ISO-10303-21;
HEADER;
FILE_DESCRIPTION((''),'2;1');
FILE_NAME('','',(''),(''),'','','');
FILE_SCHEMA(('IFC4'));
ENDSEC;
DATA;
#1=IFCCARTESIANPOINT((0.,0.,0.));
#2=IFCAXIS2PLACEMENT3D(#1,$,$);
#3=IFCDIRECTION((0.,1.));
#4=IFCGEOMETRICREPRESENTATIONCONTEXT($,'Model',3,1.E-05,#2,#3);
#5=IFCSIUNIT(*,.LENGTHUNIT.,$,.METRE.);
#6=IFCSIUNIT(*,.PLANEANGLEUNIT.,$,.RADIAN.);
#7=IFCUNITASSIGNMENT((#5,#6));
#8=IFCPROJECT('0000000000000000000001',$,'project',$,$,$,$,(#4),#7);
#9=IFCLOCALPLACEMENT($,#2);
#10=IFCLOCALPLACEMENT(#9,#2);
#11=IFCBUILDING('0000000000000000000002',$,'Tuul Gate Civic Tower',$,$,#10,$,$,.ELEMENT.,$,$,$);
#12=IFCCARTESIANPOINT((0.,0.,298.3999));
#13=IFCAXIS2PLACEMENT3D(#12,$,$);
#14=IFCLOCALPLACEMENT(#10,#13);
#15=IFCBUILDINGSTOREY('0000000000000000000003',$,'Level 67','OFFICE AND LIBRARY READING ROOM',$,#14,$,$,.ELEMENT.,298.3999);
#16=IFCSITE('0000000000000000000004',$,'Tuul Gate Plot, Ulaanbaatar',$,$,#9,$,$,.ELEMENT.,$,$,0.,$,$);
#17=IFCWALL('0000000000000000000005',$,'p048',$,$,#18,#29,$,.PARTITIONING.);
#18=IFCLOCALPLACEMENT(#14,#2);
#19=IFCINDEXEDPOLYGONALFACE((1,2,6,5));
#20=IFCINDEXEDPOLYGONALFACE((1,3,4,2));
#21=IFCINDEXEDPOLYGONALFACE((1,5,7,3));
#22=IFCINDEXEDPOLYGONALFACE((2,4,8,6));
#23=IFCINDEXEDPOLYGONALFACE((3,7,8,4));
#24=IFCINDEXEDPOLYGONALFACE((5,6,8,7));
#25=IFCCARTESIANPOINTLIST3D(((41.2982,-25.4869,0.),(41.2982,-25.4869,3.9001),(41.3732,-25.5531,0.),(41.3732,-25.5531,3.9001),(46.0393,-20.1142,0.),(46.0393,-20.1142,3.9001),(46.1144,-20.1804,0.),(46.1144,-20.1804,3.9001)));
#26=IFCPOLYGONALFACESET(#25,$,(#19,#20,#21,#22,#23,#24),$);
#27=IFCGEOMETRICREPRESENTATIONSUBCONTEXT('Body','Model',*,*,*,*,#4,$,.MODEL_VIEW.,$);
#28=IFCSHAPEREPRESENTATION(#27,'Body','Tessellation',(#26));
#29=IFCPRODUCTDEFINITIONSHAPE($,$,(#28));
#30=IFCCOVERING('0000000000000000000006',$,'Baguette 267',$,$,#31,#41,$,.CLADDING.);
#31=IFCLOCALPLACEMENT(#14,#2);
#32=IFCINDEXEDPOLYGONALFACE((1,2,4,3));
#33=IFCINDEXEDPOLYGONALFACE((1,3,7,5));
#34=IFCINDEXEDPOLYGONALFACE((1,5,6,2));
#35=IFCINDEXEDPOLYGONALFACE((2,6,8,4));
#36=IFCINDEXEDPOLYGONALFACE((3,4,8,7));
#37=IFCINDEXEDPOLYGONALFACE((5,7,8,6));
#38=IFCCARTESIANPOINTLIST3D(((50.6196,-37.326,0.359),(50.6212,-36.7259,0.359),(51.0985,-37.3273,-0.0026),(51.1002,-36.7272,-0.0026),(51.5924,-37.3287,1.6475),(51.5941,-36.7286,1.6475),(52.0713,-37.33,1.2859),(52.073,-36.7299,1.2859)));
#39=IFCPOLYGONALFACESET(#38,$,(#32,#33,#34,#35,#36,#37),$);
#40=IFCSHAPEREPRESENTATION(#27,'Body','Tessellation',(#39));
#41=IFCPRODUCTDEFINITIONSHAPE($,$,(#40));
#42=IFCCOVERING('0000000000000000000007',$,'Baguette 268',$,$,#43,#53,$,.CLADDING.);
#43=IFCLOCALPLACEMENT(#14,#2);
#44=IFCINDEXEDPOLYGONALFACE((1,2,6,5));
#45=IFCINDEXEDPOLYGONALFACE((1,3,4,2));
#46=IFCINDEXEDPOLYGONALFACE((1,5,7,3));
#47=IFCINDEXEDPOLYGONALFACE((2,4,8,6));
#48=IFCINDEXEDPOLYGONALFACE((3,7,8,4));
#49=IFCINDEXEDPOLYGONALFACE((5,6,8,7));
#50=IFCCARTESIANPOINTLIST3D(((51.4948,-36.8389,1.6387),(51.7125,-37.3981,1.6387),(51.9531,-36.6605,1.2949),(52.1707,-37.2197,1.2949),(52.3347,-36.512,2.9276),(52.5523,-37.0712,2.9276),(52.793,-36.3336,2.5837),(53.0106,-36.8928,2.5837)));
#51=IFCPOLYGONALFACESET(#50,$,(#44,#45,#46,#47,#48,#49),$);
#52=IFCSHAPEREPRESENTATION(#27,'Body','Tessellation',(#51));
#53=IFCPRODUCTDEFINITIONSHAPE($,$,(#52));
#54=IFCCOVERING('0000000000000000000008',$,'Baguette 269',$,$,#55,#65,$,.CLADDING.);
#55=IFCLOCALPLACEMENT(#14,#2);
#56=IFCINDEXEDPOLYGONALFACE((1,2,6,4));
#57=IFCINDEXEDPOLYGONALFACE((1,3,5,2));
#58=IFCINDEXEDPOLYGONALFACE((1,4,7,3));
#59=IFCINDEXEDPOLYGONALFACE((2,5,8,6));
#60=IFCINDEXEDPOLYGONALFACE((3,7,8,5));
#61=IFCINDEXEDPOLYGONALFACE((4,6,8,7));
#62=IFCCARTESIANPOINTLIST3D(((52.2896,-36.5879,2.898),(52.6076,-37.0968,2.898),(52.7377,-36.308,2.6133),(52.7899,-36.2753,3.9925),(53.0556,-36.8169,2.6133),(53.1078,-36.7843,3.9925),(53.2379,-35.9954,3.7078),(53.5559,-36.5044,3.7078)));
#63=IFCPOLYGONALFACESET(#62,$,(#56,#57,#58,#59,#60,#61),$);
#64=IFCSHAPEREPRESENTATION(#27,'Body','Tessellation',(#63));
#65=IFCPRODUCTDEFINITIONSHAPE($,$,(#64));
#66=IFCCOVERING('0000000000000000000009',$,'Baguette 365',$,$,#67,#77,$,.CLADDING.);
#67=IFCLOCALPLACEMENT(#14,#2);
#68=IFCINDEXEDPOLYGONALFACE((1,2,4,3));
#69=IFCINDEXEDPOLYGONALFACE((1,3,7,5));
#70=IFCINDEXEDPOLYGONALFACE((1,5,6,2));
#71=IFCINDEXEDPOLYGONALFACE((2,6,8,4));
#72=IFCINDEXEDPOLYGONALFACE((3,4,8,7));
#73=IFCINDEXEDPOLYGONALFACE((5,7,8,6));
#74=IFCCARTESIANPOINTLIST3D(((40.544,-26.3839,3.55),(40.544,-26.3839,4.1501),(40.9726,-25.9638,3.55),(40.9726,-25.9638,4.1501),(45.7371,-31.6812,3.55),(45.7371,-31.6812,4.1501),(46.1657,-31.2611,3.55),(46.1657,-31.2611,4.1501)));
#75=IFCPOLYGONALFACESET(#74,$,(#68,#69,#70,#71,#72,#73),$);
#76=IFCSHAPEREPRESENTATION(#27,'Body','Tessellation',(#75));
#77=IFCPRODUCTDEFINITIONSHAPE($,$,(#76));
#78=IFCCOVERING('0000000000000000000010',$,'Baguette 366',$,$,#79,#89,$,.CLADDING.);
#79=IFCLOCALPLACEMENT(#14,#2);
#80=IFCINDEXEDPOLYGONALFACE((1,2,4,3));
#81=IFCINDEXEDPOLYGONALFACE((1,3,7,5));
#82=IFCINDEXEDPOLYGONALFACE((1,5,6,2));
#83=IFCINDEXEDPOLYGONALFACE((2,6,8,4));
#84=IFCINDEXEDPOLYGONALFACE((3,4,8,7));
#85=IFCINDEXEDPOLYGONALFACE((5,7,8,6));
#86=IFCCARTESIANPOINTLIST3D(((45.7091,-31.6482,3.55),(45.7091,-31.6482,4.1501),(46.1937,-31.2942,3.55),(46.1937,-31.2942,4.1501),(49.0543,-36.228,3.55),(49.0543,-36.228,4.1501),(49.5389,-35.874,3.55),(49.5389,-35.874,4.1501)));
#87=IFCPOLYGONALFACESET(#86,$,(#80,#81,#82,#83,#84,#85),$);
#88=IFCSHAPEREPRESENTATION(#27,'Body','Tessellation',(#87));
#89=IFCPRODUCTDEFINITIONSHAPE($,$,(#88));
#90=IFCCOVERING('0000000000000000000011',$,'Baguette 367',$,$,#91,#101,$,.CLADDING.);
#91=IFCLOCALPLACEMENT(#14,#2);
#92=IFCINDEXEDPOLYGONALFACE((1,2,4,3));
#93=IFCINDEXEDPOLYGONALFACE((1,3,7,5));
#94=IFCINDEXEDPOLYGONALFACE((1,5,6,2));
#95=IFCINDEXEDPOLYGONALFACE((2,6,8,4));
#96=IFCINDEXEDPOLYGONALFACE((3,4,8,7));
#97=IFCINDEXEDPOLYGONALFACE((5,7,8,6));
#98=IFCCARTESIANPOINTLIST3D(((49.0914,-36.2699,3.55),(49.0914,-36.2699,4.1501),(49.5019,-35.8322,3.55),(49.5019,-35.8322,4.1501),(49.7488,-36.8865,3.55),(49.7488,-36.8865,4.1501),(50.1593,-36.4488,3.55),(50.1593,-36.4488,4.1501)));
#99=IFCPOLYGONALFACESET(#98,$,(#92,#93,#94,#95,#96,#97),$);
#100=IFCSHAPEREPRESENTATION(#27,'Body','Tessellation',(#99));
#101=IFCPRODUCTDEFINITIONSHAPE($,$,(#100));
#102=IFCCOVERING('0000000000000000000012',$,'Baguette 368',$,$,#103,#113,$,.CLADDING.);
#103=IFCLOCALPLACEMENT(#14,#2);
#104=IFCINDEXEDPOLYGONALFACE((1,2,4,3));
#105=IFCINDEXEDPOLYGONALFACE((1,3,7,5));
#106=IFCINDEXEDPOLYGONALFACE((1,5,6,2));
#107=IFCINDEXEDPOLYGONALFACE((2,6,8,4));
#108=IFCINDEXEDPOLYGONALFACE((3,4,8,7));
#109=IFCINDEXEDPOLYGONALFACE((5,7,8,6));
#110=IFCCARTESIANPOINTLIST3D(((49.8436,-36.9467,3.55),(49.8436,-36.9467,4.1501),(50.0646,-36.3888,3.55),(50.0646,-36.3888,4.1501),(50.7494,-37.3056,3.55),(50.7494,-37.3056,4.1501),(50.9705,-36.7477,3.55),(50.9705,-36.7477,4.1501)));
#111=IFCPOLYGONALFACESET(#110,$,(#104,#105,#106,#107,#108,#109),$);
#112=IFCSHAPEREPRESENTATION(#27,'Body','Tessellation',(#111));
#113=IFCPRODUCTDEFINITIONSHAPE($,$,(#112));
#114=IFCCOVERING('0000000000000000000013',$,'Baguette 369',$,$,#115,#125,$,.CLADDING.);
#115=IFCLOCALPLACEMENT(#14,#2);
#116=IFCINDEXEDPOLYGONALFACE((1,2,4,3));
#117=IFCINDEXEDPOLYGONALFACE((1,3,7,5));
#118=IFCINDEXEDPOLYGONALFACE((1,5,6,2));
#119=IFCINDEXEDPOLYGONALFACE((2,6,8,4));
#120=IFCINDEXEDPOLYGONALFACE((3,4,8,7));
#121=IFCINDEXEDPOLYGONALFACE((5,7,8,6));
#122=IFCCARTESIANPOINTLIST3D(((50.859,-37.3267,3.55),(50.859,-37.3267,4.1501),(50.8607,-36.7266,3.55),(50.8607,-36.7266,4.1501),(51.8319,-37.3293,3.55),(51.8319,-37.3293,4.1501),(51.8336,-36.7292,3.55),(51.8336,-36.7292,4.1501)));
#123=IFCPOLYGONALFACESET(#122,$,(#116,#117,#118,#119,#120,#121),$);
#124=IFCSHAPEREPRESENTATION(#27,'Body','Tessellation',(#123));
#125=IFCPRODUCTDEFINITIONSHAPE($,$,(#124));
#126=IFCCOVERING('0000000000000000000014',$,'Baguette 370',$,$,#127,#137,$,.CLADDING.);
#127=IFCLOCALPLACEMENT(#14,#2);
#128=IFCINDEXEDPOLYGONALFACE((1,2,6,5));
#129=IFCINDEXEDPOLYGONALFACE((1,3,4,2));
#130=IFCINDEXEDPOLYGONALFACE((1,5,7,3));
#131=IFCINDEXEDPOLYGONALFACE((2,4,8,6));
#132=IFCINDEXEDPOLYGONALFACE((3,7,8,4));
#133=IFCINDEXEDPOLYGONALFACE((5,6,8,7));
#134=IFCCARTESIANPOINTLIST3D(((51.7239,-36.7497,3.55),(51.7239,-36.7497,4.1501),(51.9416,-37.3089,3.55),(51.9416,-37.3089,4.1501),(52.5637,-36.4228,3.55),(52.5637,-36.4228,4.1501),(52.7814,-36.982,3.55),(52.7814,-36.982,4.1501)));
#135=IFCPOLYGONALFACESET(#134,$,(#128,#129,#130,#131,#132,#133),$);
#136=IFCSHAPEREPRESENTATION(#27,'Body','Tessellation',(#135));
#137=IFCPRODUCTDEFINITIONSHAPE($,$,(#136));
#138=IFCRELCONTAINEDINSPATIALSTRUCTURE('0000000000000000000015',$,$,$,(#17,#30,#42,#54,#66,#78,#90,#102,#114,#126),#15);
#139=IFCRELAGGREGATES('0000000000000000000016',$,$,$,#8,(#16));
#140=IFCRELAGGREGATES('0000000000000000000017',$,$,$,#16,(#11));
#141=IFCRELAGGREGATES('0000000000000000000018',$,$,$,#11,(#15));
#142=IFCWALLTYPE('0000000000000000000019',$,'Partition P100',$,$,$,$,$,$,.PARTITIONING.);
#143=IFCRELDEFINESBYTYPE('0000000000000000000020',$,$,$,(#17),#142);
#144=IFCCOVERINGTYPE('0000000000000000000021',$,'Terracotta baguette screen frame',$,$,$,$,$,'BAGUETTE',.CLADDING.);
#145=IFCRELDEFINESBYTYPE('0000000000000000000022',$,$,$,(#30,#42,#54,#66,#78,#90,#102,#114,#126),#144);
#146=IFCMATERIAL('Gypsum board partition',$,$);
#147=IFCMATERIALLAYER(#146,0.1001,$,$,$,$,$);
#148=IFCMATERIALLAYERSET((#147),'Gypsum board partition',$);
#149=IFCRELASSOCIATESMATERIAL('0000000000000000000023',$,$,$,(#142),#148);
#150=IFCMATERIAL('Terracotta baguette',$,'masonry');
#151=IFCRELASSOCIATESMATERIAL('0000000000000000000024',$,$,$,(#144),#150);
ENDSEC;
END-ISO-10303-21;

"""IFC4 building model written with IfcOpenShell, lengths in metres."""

from ifc_helpers import new_model, si_unit, direction, frame, frame_2d, origin, origin_2d, place, context, subcontext, project, spatial, rectangle, extrude, material, layer, layer_set, material_profile, profile_set, type_object, element, save


model = new_model("IFC4")

# Units and contexts
model_context = context("Model", 3, precision=1e-05, world=origin(), true_north=direction((0.0, 1.0)))
body_context = subcontext(model_context, "Body", "Model", "MODEL_VIEW")
ifc_project = project(units=[si_unit("LENGTHUNIT", "METRE"), si_unit("PLANEANGLEUNIT", "RADIAN")], contexts=[model_context])

# Site, building, storey
site_placement = place(None, origin())
site = spatial("IfcSite", under=ifc_project, at=site_placement, Name="Tuul Gate Plot, Ulaanbaatar", CompositionType="ELEMENT", RefElevation=0.0)
building_placement = place(site_placement, origin())
building = spatial("IfcBuilding", under=site, at=building_placement, Name="Tuul Gate Civic Tower", CompositionType="ELEMENT")
storey_placement = place(building_placement, frame((0.0, 0.0, 298.3999)))
storey = spatial("IfcBuildingStorey", under=building, at=storey_placement, Name="Level 67", Description="OFFICE AND LIBRARY READING ROOM", CompositionType="ELEMENT", Elevation=298.3999)

# Wall
ifc_material_1 = material(Name="Gypsum board partition")
ifc_layer_1 = layer(ifc_material_1, 0.1001)
ifc_layer_set_1 = layer_set([ifc_layer_1], Name="Gypsum board partition")
wall_type_1 = type_object("IfcWallType", Name="Partition P100", PredefinedType="PARTITIONING", material=ifc_layer_set_1)
wall_1_placement = place(storey_placement, frame((41.3357, -25.52, 0.0), z_axis=(0.0, 0.0, 1.0), x_axis=(0.661661, 0.749803, 0.0)))
element("IfcWall", 1, at=wall_1_placement, inside=storey, type_object=wall_type_1, Name="p048", PredefinedType="PARTITIONING", context=body_context, shape_type="SweptSolid", body=[
    extrude(rectangle(XDim=7.1655, YDim=0.1001, at=frame_2d((3.5828, 0.0))), origin(), (0.0, 0.0, 1.0), 3.9001),
])

# Coverings
ifc_material_2 = material(Name="Terracotta baguette", Category="masonry")
ifc_material_profile_1 = material_profile(ifc_material_2, rectangle(XDim=0.6001, YDim=0.6001, at=origin_2d()), Name="Terracotta baguette screen frame")
ifc_profile_set_1 = profile_set([ifc_material_profile_1], Name="Terracotta baguette")
covering_type = type_object("IfcCoveringType", Name="Terracotta baguette screen frame", ElementType="BAGUETTE", PredefinedType="CLADDING", material=ifc_profile_set_1)
covering_1_placement = place(storey_placement, frame((50.8599, -37.0266, 0.1782), z_axis=(0.602561, -0.001663, 0.798071), x_axis=(0.00276, 0.999996, 0.0)))
element("IfcCovering", 2, at=covering_1_placement, inside=storey, type_object=covering_type, Name="Baguette 267", PredefinedType="CLADDING", context=body_context, shape_type="SweptSolid", body=[
    extrude(rectangle(XDim=0.6001, YDim=0.6001, at=origin_2d()), origin(), (0.0, 0.0, 1.0), 1.6145),
])
covering_2_placement = place(storey_placement, frame((51.8328, -37.0293, 1.4668), z_axis=(0.534028, 0.207867, 0.819515), x_axis=(-0.362734, 0.931893, 0.0)))
element("IfcCovering", 3, at=covering_2_placement, inside=storey, type_object=covering_type, Name="Baguette 268", PredefinedType="CLADDING", context=body_context, shape_type="SweptSolid", body=[
    extrude(rectangle(XDim=0.6001, YDim=0.6001, at=origin_2d()), origin(), (0.0, 0.0, 1.0), 1.5728),
])
covering_3_placement = place(storey_placement, frame((52.6726, -36.7024, 2.7556), z_axis=(0.402352, 0.251347, 0.880305), x_axis=(-0.529813, 0.848115, 0.0)))
element("IfcCovering", 4, at=covering_3_placement, inside=storey, type_object=covering_type, Name="Baguette 269", PredefinedType="CLADDING", context=body_context, shape_type="SweptSolid", body=[
    extrude(rectangle(XDim=0.6001, YDim=0.6001, at=origin_2d()), origin(), (0.0, 0.0, 1.0), 1.2434),
])
covering_4_placement = place(storey_placement, frame((40.7583, -26.1738, 3.8501), z_axis=(0.700045, -0.714098, 0.0), x_axis=(0.714098, 0.700045, 0.0)))
element("IfcCovering", 5, at=covering_4_placement, inside=storey, type_object=covering_type, Name="Baguette 365", PredefinedType="CLADDING", context=body_context, shape_type="SweptSolid", body=[
    extrude(rectangle(XDim=0.6001, YDim=0.6001, at=origin_2d()), origin(), (0.0, 0.0, 1.0), 7.4182),
])
covering_5_placement = place(storey_placement, frame((45.9514, -31.4712, 3.8501), z_axis=(0.589834, -0.807524, 0.0), x_axis=(0.807524, 0.589834, 0.0)))
element("IfcCovering", 6, at=covering_5_placement, inside=storey, type_object=covering_type, Name="Baguette 366", PredefinedType="CLADDING", context=body_context, shape_type="SweptSolid", body=[
    extrude(rectangle(XDim=0.6001, YDim=0.6001, at=origin_2d()), origin(), (0.0, 0.0, 1.0), 5.6714),
])
covering_6_placement = place(storey_placement, frame((49.2966, -36.051, 3.8501), z_axis=(0.72936, -0.68413, 0.0), x_axis=(0.68413, 0.72936, 0.0)))
element("IfcCovering", 7, at=covering_6_placement, inside=storey, type_object=covering_type, Name="Baguette 367", PredefinedType="CLADDING", context=body_context, shape_type="SweptSolid", body=[
    extrude(rectangle(XDim=0.6001, YDim=0.6001, at=origin_2d()), origin(), (0.0, 0.0, 1.0), 0.9014),
])
covering_7_placement = place(storey_placement, frame((49.9541, -36.6677, 3.8501), z_axis=(0.929682, -0.368364, 0.0), x_axis=(0.368364, 0.929682, 0.0)))
element("IfcCovering", 8, at=covering_7_placement, inside=storey, type_object=covering_type, Name="Baguette 368", PredefinedType="CLADDING", context=body_context, shape_type="SweptSolid", body=[
    extrude(rectangle(XDim=0.6001, YDim=0.6001, at=origin_2d()), origin(), (0.0, 0.0, 1.0), 0.9744),
])
covering_8_placement = place(storey_placement, frame((50.8599, -37.0266, 3.8501), z_axis=(0.999996, -0.00276, 0.0), x_axis=(0.00276, 0.999996, 0.0)))
element("IfcCovering", 9, at=covering_8_placement, inside=storey, type_object=covering_type, Name="Baguette 369", PredefinedType="CLADDING", context=body_context, shape_type="SweptSolid", body=[
    extrude(rectangle(XDim=0.6001, YDim=0.6001, at=origin_2d()), origin(), (0.0, 0.0, 1.0), 0.9729),
])
covering_9_placement = place(storey_placement, frame((51.8328, -37.0293, 3.8501), z_axis=(0.931893, 0.362734, 0.0), x_axis=(-0.362734, 0.931893, 0.0)))
element("IfcCovering", 10, at=covering_9_placement, inside=storey, type_object=covering_type, Name="Baguette 370", PredefinedType="CLADDING", context=body_context, shape_type="SweptSolid", body=[
    extrude(rectangle(XDim=0.6001, YDim=0.6001, at=origin_2d()), origin(), (0.0, 0.0, 1.0), 0.9011),
])

save(model, "model.ifc")
